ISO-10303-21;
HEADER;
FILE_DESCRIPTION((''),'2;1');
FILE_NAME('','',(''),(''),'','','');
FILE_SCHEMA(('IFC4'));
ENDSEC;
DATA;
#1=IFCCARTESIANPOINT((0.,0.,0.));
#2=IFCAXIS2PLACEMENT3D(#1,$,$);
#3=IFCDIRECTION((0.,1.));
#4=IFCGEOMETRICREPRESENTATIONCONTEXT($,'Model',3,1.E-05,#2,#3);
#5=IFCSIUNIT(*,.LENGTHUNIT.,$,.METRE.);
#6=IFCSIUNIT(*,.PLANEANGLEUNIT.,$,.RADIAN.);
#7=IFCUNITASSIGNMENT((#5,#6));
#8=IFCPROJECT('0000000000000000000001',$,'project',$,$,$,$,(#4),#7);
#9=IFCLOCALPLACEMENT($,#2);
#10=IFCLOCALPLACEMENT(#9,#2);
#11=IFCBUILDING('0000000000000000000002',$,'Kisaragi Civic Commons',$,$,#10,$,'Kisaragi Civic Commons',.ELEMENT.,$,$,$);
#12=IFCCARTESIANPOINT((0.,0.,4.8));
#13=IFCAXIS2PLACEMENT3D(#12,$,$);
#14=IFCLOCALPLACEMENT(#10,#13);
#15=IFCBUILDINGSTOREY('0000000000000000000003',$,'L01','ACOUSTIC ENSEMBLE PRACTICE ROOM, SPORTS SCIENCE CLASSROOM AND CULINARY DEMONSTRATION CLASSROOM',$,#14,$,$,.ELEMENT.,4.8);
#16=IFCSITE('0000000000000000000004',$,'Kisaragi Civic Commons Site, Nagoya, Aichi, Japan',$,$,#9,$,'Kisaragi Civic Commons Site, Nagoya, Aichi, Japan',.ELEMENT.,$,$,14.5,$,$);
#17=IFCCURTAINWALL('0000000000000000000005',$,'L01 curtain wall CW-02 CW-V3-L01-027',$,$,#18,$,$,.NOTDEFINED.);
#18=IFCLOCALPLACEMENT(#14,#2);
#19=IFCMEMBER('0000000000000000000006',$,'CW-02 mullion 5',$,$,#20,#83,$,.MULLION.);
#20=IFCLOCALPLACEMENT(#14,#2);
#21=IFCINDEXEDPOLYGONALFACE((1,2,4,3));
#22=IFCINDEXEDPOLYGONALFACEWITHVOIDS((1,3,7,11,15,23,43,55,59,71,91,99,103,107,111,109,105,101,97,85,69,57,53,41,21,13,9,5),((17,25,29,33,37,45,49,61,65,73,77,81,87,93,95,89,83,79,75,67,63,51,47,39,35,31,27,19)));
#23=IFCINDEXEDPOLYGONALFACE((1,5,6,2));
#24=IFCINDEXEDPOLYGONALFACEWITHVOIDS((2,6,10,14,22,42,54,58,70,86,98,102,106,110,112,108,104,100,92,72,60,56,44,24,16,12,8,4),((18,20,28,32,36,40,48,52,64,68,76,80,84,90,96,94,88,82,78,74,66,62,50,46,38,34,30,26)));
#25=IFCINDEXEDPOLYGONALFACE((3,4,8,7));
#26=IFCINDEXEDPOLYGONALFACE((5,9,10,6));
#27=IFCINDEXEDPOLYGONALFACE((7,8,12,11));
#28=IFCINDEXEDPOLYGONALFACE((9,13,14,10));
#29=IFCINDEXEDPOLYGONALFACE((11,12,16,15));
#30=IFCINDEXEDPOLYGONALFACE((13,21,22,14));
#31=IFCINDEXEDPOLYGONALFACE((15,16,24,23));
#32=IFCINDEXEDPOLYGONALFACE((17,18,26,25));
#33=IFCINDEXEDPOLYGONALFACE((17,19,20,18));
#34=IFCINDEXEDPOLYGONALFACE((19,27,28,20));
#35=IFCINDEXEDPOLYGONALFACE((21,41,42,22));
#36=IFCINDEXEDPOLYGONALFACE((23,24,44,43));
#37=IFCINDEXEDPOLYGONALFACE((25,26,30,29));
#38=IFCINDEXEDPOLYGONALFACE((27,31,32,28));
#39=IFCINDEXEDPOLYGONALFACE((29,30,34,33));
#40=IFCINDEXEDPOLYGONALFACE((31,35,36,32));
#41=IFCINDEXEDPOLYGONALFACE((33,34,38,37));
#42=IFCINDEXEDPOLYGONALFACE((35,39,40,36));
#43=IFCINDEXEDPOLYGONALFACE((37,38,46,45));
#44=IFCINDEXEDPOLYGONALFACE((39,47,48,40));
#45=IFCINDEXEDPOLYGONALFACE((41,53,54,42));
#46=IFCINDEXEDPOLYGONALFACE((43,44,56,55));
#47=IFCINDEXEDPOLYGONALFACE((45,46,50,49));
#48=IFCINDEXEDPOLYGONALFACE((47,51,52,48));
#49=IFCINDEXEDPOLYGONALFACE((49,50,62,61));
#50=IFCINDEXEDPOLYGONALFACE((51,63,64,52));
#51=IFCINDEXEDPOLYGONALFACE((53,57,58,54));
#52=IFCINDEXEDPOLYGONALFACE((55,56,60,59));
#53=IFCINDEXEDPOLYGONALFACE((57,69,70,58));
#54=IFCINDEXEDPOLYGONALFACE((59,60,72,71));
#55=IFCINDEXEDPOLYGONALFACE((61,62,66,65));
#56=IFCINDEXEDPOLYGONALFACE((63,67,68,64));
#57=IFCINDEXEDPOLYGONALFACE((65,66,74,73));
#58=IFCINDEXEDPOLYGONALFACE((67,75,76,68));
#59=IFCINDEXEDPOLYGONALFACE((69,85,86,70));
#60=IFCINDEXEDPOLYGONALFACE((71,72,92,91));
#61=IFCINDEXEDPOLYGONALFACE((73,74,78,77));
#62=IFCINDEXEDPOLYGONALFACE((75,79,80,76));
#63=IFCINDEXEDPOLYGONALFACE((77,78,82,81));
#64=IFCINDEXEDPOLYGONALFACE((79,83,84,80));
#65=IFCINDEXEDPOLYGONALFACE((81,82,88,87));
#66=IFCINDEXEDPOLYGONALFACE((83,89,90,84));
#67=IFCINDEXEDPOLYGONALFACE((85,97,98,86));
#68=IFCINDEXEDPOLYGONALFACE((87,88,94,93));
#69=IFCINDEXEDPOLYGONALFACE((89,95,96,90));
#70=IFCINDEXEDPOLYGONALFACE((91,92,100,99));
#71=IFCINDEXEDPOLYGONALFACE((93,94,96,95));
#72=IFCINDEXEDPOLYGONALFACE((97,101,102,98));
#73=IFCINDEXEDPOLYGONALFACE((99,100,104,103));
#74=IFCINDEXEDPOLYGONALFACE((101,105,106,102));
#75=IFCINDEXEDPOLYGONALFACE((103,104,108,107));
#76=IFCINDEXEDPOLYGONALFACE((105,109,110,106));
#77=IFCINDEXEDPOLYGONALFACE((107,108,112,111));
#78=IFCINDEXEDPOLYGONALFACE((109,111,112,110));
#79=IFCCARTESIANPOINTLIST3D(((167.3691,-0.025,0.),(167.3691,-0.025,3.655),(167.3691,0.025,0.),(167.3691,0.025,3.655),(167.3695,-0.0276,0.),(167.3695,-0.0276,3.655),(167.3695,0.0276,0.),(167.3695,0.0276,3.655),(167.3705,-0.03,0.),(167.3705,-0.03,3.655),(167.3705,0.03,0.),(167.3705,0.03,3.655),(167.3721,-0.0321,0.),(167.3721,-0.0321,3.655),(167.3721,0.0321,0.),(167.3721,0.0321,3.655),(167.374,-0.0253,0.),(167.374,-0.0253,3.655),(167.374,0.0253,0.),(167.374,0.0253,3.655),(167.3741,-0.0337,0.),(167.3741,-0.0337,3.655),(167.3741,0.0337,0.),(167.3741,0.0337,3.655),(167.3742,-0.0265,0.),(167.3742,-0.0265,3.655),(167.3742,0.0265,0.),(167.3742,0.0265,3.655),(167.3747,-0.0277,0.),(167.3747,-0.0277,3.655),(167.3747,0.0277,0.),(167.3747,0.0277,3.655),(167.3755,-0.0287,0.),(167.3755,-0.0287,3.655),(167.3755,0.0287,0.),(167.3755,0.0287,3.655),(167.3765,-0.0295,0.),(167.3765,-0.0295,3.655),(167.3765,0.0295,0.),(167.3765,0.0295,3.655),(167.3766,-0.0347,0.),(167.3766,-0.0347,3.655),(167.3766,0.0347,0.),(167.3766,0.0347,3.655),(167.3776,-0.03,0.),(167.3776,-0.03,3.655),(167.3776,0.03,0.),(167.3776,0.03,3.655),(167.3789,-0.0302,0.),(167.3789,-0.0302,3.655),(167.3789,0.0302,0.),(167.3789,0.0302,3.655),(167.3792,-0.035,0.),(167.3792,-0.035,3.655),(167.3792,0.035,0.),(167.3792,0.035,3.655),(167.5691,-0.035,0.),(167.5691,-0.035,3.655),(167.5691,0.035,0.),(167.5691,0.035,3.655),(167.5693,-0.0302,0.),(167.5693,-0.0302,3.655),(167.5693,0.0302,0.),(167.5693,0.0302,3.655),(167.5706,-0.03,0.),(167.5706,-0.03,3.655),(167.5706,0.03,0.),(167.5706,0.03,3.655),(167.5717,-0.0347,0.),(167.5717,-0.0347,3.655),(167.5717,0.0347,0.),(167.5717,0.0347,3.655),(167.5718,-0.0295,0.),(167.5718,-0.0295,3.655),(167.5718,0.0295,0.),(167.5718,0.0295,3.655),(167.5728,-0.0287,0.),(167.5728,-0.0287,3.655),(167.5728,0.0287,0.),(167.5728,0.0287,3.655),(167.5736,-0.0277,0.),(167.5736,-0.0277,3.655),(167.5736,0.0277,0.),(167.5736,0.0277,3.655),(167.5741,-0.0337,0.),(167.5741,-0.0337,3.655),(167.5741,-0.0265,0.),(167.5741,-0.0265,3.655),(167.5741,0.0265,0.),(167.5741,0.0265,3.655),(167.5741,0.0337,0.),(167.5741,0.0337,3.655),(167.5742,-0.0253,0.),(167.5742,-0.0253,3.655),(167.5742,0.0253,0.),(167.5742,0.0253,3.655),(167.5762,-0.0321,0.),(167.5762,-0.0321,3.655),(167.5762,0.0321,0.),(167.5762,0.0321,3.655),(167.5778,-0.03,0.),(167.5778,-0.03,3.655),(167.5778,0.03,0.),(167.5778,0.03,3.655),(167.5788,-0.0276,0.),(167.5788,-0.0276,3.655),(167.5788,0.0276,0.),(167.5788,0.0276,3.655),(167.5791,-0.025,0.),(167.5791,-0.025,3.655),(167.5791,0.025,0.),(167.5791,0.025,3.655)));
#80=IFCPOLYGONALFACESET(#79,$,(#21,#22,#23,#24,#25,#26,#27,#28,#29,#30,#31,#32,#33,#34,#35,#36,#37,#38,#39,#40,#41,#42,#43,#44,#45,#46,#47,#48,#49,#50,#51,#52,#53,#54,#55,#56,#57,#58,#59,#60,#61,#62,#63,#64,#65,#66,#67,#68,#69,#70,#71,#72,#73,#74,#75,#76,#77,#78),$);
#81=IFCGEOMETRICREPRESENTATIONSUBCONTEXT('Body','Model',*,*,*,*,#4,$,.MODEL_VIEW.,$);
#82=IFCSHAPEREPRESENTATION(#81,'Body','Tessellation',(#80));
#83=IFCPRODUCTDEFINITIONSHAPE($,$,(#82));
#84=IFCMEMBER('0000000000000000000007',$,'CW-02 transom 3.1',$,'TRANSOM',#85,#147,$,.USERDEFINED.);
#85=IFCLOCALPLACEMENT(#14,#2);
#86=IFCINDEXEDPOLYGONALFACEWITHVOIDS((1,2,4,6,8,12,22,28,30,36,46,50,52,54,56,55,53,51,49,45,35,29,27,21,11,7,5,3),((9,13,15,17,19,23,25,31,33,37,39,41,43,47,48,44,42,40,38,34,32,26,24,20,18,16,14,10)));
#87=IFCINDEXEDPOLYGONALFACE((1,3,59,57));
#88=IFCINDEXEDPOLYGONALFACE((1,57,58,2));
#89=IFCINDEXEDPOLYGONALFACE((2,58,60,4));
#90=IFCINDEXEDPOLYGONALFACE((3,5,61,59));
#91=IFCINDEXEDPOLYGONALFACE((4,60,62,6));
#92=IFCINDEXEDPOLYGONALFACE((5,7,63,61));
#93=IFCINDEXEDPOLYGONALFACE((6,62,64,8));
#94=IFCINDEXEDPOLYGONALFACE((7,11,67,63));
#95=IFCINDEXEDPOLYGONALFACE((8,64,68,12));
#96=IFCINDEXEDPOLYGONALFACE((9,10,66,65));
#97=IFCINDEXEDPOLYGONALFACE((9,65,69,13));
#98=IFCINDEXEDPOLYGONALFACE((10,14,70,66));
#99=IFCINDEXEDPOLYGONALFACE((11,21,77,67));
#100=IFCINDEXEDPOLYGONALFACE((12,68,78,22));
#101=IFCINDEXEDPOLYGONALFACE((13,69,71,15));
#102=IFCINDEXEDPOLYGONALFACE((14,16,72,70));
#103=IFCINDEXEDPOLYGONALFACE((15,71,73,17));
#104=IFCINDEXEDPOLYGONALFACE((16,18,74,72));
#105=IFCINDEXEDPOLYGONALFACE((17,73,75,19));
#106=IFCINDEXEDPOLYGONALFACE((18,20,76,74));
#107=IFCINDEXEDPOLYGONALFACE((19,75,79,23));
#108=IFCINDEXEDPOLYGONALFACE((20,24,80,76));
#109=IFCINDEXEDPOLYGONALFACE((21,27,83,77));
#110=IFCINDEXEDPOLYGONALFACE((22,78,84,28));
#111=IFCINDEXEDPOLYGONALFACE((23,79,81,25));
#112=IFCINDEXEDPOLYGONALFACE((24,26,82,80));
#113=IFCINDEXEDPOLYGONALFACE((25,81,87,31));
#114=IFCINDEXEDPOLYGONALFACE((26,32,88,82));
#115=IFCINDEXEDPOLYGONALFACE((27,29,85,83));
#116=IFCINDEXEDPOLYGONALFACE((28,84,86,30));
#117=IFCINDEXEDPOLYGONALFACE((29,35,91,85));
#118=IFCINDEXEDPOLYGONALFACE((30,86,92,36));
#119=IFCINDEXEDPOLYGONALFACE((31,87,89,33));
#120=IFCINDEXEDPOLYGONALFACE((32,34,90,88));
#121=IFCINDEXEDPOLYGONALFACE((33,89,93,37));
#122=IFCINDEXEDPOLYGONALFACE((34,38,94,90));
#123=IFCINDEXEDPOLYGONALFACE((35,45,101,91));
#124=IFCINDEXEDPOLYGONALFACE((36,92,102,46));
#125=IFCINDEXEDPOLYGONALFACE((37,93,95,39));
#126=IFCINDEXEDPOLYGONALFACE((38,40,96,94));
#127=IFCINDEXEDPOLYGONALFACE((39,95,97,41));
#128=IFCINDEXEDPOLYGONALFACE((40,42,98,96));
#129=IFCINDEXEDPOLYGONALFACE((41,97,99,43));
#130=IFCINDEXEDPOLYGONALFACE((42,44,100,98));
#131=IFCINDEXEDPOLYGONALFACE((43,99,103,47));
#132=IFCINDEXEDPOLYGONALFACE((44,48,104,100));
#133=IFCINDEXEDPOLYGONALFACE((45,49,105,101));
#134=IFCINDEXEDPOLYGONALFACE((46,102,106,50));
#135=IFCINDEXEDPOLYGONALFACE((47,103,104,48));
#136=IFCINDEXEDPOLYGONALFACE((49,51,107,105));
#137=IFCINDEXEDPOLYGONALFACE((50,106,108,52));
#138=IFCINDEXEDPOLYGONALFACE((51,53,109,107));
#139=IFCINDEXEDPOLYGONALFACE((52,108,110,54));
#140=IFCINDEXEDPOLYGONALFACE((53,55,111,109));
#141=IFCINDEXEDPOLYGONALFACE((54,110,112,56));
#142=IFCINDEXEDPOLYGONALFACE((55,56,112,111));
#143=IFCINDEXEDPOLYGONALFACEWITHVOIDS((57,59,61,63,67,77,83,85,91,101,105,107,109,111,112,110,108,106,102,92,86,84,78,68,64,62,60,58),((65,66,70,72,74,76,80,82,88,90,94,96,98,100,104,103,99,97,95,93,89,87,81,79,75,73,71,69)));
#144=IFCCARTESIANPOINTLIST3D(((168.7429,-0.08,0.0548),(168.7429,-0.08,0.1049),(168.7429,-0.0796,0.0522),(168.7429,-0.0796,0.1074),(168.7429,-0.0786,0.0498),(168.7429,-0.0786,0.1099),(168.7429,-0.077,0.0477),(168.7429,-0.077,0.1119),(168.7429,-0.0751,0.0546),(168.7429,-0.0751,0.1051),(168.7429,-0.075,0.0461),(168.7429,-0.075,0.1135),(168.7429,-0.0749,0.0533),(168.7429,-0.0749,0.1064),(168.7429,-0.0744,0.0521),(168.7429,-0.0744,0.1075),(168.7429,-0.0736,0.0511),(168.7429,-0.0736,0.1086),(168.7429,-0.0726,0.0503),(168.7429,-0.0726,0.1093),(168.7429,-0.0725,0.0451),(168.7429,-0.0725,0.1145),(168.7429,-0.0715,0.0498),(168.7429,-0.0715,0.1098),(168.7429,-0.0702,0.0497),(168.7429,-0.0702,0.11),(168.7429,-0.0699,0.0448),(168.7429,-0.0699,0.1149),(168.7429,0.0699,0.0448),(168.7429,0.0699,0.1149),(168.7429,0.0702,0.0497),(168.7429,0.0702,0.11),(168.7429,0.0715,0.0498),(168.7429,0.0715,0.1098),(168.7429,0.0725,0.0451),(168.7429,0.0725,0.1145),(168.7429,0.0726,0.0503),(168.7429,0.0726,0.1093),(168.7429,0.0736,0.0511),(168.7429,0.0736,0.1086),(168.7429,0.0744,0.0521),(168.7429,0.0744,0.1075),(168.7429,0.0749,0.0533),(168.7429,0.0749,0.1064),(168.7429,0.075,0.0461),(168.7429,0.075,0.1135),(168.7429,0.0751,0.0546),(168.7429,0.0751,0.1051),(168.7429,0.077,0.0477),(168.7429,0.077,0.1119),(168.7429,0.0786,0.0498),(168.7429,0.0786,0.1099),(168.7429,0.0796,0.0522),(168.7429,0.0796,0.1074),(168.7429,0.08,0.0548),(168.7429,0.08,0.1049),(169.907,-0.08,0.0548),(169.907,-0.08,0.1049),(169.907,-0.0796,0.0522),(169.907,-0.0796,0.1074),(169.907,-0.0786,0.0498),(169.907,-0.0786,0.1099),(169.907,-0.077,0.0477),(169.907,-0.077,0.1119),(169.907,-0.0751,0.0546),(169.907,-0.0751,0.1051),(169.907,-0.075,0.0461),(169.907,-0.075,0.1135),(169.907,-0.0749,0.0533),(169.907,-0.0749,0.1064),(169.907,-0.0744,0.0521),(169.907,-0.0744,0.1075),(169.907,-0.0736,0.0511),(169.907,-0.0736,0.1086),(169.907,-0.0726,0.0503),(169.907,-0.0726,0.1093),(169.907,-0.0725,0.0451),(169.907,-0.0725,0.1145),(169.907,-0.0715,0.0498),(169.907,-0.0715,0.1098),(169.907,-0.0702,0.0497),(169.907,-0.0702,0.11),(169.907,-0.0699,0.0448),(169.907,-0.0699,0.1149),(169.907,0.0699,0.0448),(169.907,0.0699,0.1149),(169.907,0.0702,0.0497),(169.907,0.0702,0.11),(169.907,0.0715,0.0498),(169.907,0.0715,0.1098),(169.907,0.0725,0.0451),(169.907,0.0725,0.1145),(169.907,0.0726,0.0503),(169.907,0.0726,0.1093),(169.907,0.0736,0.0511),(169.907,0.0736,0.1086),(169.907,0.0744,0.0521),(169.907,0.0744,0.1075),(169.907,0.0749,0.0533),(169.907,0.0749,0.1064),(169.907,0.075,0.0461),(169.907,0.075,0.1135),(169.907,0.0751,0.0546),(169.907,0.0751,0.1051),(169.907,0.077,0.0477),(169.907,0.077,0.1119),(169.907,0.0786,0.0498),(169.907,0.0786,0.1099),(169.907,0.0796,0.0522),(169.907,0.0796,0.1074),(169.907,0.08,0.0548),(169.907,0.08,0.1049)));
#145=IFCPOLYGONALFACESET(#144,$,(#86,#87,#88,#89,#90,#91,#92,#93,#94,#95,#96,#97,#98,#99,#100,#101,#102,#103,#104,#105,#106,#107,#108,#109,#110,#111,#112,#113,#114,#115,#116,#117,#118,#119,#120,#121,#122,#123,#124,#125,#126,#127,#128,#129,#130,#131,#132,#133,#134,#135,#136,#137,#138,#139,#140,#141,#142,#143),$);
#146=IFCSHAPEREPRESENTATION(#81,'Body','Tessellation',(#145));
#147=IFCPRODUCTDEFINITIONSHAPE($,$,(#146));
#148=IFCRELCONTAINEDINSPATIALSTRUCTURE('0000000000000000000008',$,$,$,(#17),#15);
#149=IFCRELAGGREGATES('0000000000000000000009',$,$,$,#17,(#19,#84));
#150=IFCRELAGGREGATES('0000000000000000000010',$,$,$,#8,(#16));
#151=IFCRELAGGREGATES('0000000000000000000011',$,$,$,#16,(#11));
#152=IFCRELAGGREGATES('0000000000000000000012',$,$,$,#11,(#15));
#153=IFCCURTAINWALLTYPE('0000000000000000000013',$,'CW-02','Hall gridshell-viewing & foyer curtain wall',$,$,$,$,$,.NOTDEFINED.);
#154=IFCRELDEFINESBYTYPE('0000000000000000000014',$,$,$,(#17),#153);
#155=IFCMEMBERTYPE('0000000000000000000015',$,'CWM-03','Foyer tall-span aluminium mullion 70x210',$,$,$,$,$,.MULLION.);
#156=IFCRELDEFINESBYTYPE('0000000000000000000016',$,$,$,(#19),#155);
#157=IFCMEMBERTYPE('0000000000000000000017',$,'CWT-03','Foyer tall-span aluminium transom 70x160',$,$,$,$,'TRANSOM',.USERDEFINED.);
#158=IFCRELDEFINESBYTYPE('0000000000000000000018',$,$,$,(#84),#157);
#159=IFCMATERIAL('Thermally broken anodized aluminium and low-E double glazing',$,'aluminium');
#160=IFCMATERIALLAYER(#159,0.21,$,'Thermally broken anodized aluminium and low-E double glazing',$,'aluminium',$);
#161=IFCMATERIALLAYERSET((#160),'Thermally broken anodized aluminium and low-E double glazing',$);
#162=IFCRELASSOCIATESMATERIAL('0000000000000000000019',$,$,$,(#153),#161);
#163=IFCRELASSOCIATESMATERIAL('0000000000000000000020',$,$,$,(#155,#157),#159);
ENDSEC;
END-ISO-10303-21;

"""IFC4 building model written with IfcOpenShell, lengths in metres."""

from ifc_helpers import new_model, si_unit, direction, frame, origin, origin_2d, place, context, subcontext, project, spatial, hollow_rectangle, extrude, material, layer, layer_set, material_profile, profile_set, type_object, element, aggregate, save


model = new_model("IFC4")

# Units and contexts
model_context = context("Model", 3, precision=1e-05, world=origin(), true_north=direction((0.0, 1.0)))
body_context = subcontext(model_context, "Body", "Model", "MODEL_VIEW")
ifc_project = project(units=[si_unit("LENGTHUNIT", "METRE"), si_unit("PLANEANGLEUNIT", "RADIAN")], contexts=[model_context])

# Site, building, storey
site_placement = place(None, origin())
site = spatial("IfcSite", under=ifc_project, at=site_placement, Name="Kisaragi Civic Commons Site, Nagoya, Aichi, Japan", LongName="Kisaragi Civic Commons Site, Nagoya, Aichi, Japan", CompositionType="ELEMENT", RefElevation=14.5)
building_placement = place(site_placement, origin())
building = spatial("IfcBuilding", under=site, at=building_placement, Name="Kisaragi Civic Commons", LongName="Kisaragi Civic Commons", CompositionType="ELEMENT")
storey_placement = place(building_placement, frame((0.0, 0.0, 4.8)))
storey = spatial("IfcBuildingStorey", under=building, at=storey_placement, Name="L01", Description="ACOUSTIC ENSEMBLE PRACTICE ROOM, SPORTS SCIENCE CLASSROOM AND CULINARY DEMONSTRATION CLASSROOM", CompositionType="ELEMENT", Elevation=4.8)

# Curtain wall, members
ifc_material = material(Name="Thermally broken anodized aluminium and low-E double glazing", Category="aluminium")
ifc_layer_1 = layer(ifc_material, 0.21, Name="Thermally broken anodized aluminium and low-E double glazing", Category="aluminium")
ifc_layer_set_1 = layer_set([ifc_layer_1], Name="Thermally broken anodized aluminium and low-E double glazing")
curtain_wall_type = type_object("IfcCurtainWallType", Name="CW-02", Description="Hall gridshell-viewing & foyer curtain wall", PredefinedType="NOTDEFINED", material=ifc_layer_set_1)
curtain_wall_placement = place(storey_placement, origin())
curtain_wall = element("IfcCurtainWall", 1, at=curtain_wall_placement, inside=storey, type_object=curtain_wall_type, Name="L01 curtain wall CW-02 CW-V3-L01-027", PredefinedType="NOTDEFINED")
ifc_material_profile_1 = material_profile(ifc_material, hollow_rectangle(XDim=0.0701, YDim=0.21, WallThickness=0.0049, InnerFilletRadius=0.0049, OuterFilletRadius=0.01, at=origin_2d()), Name="CWM-70x210x5", Category="aluminium")
ifc_profile_set_1 = profile_set([ifc_material_profile_1], Name="Thermally broken anodized aluminium and low-E double glazing")
member_type_1 = type_object("IfcMemberType", Name="CWM-03", Description="Foyer tall-span aluminium mullion 70x210", PredefinedType="MULLION", material=ifc_profile_set_1)
member_1_placement = place(storey_placement, frame((167.4741, 0.0, 0.0), z_axis=(0.0, 0.0, 1.0), x_axis=(0.0, -1.0, 0.0)))
member_1 = element("IfcMember", 2, at=member_1_placement, type_object=member_type_1, Name="CW-02 mullion 5", PredefinedType="MULLION", context=body_context, shape_type="SweptSolid", body=[
    extrude(hollow_rectangle(XDim=0.0701, YDim=0.21, WallThickness=0.0049, InnerFilletRadius=0.0049, OuterFilletRadius=0.01, at=origin_2d()), origin(), (0.0, 0.0, 1.0), 3.655),
])
ifc_material_profile_2 = material_profile(ifc_material, hollow_rectangle(XDim=0.1599, YDim=0.0701, WallThickness=0.0049, InnerFilletRadius=0.0049, OuterFilletRadius=0.01, at=origin_2d()), Name="CWT-70x160x5", Category="aluminium")
ifc_profile_set_2 = profile_set([ifc_material_profile_2], Name="Thermally broken anodized aluminium and low-E double glazing")
member_type_2 = type_object("IfcMemberType", Name="CWT-03", Description="Foyer tall-span aluminium transom 70x160", ElementType="TRANSOM", PredefinedType="USERDEFINED", material=ifc_profile_set_2)
member_2_placement = place(storey_placement, frame((169.907, 0.0, 0.0798), z_axis=(-1.0, 0.0, 0.0), x_axis=(0.0, -1.0, 0.0)))
member_2 = element("IfcMember", 3, at=member_2_placement, type_object=member_type_2, Name="CW-02 transom 3.1", ObjectType="TRANSOM", PredefinedType="USERDEFINED", context=body_context, shape_type="SweptSolid", body=[
    extrude(hollow_rectangle(XDim=0.1599, YDim=0.0701, WallThickness=0.0049, InnerFilletRadius=0.0049, OuterFilletRadius=0.01, at=origin_2d()), origin(), (0.0, 0.0, 1.0), 1.1641),
])
aggregate(curtain_wall, [member_1, member_2])

save(model, "model.ifc")
